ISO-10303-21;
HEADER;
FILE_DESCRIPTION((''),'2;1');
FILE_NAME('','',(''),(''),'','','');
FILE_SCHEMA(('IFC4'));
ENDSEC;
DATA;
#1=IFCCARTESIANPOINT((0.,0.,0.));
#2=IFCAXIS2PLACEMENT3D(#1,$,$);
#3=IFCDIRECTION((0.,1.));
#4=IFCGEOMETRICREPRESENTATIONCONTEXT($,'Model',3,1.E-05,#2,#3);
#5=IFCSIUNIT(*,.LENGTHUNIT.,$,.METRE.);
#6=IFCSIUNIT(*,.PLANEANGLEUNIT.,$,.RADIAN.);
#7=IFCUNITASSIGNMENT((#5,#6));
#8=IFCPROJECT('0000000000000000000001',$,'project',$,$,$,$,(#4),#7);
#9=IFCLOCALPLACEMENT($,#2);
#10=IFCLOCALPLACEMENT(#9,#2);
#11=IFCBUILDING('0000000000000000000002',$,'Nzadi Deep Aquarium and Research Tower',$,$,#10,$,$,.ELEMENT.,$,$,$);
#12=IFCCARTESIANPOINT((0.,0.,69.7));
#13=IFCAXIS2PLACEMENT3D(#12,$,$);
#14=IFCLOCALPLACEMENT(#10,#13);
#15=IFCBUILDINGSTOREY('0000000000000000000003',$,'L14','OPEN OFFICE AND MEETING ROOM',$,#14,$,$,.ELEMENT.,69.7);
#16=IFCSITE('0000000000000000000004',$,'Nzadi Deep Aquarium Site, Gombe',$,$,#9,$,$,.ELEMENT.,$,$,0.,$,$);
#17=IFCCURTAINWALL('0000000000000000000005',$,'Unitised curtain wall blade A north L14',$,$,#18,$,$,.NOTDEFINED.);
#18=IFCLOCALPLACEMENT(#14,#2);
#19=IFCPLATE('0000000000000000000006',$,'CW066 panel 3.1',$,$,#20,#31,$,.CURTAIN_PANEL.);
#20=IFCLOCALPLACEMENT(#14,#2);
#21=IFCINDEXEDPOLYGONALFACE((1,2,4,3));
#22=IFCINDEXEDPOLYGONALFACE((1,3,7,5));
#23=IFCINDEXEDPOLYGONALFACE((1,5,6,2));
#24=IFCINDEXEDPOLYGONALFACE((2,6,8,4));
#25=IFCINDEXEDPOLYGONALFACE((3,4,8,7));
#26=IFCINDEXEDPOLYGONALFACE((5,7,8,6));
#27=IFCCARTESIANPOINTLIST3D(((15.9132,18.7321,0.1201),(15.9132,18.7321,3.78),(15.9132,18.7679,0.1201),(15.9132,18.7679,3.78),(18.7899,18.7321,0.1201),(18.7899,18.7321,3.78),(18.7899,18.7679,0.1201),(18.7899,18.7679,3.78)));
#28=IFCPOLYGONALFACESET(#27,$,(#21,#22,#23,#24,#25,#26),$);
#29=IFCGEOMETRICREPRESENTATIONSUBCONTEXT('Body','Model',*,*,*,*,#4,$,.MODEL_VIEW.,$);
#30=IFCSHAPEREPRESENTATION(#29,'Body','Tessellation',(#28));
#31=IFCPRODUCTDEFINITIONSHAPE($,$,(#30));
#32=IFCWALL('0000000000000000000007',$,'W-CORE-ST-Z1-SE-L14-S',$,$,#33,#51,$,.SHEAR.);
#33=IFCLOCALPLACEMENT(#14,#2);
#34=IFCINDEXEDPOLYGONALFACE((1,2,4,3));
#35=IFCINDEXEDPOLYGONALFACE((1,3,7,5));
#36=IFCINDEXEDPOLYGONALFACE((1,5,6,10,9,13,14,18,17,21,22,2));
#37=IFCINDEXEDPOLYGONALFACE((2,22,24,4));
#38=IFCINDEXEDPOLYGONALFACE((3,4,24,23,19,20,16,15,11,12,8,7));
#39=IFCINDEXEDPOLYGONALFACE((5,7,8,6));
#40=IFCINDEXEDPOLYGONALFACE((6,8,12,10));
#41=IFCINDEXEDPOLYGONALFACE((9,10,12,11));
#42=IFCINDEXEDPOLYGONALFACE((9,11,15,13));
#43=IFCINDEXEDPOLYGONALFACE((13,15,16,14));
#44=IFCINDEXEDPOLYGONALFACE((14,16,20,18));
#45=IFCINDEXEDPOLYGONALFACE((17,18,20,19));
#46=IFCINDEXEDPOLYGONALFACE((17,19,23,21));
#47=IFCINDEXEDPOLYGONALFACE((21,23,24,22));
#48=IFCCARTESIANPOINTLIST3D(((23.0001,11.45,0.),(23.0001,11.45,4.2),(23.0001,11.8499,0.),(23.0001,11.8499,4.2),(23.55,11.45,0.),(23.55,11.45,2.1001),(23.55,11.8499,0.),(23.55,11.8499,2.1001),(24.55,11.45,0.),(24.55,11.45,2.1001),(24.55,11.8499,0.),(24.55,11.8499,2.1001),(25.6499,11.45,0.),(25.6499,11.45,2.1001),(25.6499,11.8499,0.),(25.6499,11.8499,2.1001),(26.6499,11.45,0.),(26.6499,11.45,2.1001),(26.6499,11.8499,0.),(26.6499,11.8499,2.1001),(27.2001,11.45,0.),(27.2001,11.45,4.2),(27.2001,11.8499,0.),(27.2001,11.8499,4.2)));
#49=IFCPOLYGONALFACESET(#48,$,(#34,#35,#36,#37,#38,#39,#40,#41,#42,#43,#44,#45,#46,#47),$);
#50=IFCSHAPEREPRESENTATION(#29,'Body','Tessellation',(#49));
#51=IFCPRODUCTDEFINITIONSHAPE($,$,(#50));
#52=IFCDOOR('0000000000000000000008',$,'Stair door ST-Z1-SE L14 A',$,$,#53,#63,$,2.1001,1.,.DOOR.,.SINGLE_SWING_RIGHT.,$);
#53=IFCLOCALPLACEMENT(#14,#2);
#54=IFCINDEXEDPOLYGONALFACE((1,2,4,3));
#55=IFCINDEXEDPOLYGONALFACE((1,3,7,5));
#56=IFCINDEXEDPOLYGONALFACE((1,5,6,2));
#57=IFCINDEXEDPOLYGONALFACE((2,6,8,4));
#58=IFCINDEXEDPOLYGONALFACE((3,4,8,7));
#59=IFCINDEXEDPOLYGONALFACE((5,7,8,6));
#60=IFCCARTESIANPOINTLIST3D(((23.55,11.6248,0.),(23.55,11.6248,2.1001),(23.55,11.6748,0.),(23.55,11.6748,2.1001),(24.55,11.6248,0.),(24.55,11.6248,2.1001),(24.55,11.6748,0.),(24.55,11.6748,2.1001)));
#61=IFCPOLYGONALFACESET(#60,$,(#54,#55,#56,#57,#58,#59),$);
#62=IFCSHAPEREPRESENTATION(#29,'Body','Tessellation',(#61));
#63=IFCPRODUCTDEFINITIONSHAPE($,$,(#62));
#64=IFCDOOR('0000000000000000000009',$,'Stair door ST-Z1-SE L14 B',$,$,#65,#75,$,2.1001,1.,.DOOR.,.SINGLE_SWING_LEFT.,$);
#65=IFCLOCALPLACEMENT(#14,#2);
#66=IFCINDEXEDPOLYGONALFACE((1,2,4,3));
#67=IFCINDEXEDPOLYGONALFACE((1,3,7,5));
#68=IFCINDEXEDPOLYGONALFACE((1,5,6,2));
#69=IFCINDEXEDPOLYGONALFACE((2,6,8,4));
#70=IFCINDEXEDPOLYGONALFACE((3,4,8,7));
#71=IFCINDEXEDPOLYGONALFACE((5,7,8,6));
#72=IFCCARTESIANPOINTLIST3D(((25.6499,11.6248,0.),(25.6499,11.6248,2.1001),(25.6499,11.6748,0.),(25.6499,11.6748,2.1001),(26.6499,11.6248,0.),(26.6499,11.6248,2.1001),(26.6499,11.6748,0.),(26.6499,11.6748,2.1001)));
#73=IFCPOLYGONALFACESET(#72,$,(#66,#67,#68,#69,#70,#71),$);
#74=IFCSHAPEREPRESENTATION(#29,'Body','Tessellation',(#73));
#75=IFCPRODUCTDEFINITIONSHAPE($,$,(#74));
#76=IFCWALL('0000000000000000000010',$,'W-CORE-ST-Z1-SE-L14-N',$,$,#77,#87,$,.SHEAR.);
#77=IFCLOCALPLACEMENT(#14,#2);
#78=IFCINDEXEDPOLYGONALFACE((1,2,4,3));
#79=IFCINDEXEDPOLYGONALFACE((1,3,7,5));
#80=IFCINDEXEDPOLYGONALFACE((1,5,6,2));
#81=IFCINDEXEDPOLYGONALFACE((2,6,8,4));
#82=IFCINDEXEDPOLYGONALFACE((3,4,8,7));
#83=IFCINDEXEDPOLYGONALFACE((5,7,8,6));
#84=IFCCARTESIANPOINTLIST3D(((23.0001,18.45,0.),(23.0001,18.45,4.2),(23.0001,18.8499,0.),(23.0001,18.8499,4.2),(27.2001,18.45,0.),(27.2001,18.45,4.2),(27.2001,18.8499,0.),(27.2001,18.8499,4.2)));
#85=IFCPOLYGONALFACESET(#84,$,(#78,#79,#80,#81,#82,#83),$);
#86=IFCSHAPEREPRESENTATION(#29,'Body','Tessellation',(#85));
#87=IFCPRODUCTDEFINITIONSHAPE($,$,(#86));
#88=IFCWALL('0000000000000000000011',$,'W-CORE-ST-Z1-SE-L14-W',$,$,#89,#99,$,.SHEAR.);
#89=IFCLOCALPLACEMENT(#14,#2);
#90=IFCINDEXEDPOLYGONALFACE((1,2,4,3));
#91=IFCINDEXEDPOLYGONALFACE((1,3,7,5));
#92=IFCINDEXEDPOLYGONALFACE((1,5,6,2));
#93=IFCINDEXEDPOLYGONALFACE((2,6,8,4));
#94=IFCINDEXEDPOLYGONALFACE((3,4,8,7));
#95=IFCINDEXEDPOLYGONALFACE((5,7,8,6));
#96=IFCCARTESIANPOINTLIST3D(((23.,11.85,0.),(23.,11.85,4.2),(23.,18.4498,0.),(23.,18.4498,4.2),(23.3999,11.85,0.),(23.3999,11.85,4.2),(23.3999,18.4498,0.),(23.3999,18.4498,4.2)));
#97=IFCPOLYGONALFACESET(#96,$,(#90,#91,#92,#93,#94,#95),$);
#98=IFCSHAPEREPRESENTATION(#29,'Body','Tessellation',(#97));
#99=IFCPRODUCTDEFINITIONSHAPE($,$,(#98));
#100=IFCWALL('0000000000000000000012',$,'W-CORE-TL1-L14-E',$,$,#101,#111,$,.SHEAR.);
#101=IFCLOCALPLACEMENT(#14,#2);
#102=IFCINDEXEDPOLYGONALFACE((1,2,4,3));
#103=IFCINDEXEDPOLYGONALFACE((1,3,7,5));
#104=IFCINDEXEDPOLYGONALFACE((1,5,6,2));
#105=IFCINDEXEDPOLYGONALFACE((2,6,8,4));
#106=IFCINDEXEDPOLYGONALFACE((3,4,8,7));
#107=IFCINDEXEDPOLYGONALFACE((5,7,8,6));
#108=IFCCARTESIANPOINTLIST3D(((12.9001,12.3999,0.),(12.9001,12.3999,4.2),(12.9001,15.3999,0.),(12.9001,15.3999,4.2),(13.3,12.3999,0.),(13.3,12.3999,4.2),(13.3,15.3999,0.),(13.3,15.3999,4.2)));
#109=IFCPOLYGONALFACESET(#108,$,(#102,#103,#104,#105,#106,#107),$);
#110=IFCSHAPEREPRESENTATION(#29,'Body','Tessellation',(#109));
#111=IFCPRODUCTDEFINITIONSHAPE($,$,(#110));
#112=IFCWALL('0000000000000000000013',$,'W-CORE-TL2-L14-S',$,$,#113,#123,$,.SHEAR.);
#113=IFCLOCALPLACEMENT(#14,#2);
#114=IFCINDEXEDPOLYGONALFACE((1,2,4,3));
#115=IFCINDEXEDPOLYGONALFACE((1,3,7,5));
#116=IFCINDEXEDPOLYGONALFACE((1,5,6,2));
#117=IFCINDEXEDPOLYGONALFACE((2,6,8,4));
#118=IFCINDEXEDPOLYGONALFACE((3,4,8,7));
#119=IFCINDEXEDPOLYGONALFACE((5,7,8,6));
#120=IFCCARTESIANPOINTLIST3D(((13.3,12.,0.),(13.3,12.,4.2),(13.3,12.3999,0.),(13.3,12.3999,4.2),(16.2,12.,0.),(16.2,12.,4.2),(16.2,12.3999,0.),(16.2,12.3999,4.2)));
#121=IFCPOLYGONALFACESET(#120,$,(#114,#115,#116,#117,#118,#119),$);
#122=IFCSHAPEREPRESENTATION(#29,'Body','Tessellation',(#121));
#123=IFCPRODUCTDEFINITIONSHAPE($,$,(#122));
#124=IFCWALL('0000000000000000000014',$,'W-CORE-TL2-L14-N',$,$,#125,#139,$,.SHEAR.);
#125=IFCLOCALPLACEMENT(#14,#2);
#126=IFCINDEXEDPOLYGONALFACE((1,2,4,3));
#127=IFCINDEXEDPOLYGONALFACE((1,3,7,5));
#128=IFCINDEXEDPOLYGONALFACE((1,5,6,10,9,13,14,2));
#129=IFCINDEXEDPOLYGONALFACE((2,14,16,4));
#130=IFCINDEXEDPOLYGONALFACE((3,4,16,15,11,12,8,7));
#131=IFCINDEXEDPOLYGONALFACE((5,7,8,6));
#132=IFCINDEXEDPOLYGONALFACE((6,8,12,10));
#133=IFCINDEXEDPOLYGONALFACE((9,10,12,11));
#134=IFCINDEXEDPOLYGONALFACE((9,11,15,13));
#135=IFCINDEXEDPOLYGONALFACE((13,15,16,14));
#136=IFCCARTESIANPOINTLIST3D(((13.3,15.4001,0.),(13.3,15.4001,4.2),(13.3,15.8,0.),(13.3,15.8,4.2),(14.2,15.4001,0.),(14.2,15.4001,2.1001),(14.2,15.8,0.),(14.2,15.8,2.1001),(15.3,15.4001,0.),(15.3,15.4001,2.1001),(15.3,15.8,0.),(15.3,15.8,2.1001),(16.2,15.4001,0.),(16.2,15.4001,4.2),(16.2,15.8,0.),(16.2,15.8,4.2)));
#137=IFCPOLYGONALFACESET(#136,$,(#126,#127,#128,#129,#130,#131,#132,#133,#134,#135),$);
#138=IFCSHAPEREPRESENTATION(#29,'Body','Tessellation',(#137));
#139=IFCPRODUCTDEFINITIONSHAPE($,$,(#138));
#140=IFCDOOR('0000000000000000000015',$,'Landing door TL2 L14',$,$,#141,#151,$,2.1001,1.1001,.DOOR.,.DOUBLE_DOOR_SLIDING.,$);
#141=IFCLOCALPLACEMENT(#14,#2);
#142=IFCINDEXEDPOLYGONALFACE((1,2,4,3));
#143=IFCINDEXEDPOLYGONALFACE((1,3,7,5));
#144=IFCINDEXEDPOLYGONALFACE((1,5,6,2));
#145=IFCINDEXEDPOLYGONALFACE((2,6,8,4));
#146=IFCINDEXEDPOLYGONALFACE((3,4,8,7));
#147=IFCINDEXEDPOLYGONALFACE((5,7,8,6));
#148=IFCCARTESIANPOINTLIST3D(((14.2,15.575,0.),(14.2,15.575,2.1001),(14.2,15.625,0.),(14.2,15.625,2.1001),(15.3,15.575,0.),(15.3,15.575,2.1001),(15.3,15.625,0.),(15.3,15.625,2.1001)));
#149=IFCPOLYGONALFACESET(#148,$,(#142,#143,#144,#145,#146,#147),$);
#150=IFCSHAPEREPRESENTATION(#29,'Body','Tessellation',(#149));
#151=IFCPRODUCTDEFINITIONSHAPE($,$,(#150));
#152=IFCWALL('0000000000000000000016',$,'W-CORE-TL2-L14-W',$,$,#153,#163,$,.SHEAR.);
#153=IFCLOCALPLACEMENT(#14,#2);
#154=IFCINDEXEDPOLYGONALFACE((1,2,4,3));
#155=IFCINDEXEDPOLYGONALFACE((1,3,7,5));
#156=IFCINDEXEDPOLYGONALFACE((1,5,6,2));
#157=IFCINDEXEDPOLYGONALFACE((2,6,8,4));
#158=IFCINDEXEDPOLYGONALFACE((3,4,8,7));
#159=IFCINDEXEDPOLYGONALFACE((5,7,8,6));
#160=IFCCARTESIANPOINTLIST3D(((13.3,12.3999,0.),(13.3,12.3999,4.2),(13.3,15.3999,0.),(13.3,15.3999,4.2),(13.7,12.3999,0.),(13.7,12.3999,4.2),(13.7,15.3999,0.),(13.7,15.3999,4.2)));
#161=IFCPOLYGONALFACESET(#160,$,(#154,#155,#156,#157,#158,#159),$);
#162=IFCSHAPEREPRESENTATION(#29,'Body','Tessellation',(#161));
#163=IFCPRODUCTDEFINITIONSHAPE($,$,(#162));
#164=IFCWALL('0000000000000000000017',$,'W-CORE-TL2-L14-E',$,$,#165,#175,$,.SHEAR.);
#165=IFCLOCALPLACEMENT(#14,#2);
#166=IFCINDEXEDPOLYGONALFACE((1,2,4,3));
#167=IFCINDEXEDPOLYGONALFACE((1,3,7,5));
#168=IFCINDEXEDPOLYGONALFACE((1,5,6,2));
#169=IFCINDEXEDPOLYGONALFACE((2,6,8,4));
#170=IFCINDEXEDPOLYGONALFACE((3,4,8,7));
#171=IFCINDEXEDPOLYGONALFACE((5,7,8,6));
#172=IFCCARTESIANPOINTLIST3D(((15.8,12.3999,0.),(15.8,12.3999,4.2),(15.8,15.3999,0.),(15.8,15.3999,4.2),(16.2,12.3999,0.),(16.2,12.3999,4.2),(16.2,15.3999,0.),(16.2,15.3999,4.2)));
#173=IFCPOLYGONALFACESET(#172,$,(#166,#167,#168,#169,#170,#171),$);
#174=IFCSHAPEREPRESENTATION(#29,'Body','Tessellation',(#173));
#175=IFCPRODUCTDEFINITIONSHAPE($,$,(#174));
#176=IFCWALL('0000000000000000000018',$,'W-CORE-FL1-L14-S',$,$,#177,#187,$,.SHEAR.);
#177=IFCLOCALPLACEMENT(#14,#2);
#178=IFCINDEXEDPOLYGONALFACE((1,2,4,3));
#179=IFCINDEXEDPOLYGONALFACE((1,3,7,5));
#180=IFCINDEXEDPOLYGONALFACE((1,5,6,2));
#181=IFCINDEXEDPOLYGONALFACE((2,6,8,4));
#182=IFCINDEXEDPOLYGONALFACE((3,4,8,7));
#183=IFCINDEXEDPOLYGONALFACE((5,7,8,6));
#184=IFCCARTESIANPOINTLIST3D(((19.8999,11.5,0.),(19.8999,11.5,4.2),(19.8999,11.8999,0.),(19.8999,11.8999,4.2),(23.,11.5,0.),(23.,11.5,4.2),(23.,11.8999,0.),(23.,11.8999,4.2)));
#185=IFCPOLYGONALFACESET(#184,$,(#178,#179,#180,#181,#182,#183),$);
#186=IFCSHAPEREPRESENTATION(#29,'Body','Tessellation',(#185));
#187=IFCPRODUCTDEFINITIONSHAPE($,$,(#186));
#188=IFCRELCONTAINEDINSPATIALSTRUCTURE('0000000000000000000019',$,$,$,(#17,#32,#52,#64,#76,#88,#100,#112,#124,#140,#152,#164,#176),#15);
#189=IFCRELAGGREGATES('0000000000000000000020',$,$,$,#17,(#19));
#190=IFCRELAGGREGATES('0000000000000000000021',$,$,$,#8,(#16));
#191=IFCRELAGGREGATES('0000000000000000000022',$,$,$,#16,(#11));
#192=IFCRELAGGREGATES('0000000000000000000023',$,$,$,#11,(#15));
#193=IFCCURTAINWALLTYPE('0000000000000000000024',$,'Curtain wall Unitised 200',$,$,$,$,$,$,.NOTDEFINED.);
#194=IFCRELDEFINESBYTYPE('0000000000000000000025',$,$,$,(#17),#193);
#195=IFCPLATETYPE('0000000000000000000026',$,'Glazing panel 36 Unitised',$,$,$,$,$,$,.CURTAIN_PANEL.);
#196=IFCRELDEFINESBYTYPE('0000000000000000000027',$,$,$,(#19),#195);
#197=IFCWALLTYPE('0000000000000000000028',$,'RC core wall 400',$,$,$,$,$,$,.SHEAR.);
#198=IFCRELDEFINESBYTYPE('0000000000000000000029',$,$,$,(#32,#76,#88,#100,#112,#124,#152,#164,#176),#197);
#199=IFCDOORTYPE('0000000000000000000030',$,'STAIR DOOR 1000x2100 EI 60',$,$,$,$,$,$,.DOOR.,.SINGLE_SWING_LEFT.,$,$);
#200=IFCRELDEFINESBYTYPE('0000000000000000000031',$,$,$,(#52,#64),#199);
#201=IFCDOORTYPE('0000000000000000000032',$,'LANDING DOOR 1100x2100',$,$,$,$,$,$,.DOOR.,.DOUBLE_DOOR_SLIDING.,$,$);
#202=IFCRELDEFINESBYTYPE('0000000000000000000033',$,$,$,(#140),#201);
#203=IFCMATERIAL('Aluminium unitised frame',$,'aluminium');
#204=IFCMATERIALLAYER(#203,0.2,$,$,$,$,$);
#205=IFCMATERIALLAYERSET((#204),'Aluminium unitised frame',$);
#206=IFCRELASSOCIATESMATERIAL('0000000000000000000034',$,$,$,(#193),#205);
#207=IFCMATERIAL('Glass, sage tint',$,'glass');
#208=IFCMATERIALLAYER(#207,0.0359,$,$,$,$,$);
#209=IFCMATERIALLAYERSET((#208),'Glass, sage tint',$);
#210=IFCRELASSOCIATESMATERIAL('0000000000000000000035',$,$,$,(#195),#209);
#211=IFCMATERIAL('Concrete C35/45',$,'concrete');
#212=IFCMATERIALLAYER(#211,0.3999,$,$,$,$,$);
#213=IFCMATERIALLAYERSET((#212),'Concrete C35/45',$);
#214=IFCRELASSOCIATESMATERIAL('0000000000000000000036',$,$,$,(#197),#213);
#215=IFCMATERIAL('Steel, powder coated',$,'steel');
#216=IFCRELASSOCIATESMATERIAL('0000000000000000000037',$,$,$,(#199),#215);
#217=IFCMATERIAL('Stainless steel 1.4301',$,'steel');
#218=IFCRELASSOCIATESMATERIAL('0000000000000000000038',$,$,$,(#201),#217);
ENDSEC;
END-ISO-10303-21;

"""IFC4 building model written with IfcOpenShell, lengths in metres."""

from ifc_helpers import new_model, si_unit, direction, frame, frame_2d, origin, origin_2d, place, context, subcontext, project, spatial, rectangle, extrude, material, layer, layer_set, type_object, element, fill, aggregate, save


model = new_model("IFC4")

# Units and contexts
model_context = context("Model", 3, precision=1e-05, world=origin(), true_north=direction((0.0, 1.0)))
body_context = subcontext(model_context, "Body", "Model", "MODEL_VIEW")
ifc_project = project(units=[si_unit("LENGTHUNIT", "METRE"), si_unit("PLANEANGLEUNIT", "RADIAN")], contexts=[model_context])

# Site, building, storey
site_placement = place(None, origin())
site = spatial("IfcSite", under=ifc_project, at=site_placement, Name="Nzadi Deep Aquarium Site, Gombe", CompositionType="ELEMENT", RefElevation=0.0)
building_placement = place(site_placement, origin())
building = spatial("IfcBuilding", under=site, at=building_placement, Name="Nzadi Deep Aquarium and Research Tower", CompositionType="ELEMENT")
storey_placement = place(building_placement, frame((0.0, 0.0, 69.7)))
storey = spatial("IfcBuildingStorey", under=building, at=storey_placement, Name="L14", Description="OPEN OFFICE AND MEETING ROOM", CompositionType="ELEMENT", Elevation=69.7)

# Curtain wall
ifc_material_1 = material(Name="Aluminium unitised frame", Category="aluminium")
ifc_layer_1 = layer(ifc_material_1, 0.2)
ifc_layer_set_1 = layer_set([ifc_layer_1], Name="Aluminium unitised frame")
curtain_wall_type = type_object("IfcCurtainWallType", Name="Curtain wall Unitised 200", PredefinedType="NOTDEFINED", material=ifc_layer_set_1)
curtain_wall_1_placement = place(storey_placement, origin())
curtain_wall_1 = element("IfcCurtainWall", 1, at=curtain_wall_1_placement, inside=storey, type_object=curtain_wall_type, Name="Unitised curtain wall blade A north L14", PredefinedType="NOTDEFINED")

# Plate
ifc_material_2 = material(Name="Glass, sage tint", Category="glass")
ifc_layer_2 = layer(ifc_material_2, 0.0359)
ifc_layer_set_2 = layer_set([ifc_layer_2], Name="Glass, sage tint")
plate_type = type_object("IfcPlateType", Name="Glazing panel 36 Unitised", PredefinedType="CURTAIN_PANEL", material=ifc_layer_set_2)
plate_1_placement = place(storey_placement, frame((17.3516, 18.75, 0.1201), z_axis=(0.0, 0.0, 1.0), x_axis=(1.0, 0.0, 0.0)))
plate_1 = element("IfcPlate", 2, at=plate_1_placement, type_object=plate_type, Name="CW066 panel 3.1", PredefinedType="CURTAIN_PANEL", context=body_context, shape_type="SweptSolid", body=[
    extrude(rectangle(XDim=2.8767, YDim=0.0359, at=origin_2d()), origin(), (0.0, 0.0, 1.0), 3.6599),
])
aggregate(curtain_wall_1, [plate_1])

# Wall, openings, doors
ifc_material_3 = material(Name="Concrete C35/45", Category="concrete")
ifc_layer_3 = layer(ifc_material_3, 0.3999)
ifc_layer_set_3 = layer_set([ifc_layer_3], Name="Concrete C35/45")
wall_type = type_object("IfcWallType", Name="RC core wall 400", PredefinedType="SHEAR", material=ifc_layer_set_3)
wall_1_placement = place(storey_placement, frame((23.0, 11.6499, 0.0), z_axis=(0.0, 0.0, 1.0), x_axis=(1.0, 0.0, 0.0)))
wall_1 = element("IfcWall", 3, at=wall_1_placement, inside=storey, type_object=wall_type, Name="W-CORE-ST-Z1-SE-L14-S", PredefinedType="SHEAR", context=body_context, shape_type="SweptSolid", body=[
    extrude(rectangle(XDim=4.2, YDim=0.3999, at=frame_2d((2.1001, 0.0))), origin(), (0.0, 0.0, 1.0), 4.2),
])
opening_1_placement = place(wall_1_placement, frame((0.55, 0.0, 0.0)))
opening_1 = element("IfcOpeningElement", 4, at=opening_1_placement, cuts=wall_1, PredefinedType="OPENING", context=body_context, shape_type="SweptSolid", body=[
    extrude(rectangle(XDim=1.0, YDim=2.1001, at=frame_2d((0.5, 1.05))), frame((0.0, 0.21, 0.0), z_axis=(0.0, -1.0, 0.0), x_axis=(1.0, 0.0, 0.0)), (0.0, 0.0, 1.0), 0.4199),
])
opening_2_placement = place(wall_1_placement, frame((2.6499, 0.0, 0.0)))
opening_2 = element("IfcOpeningElement", 5, at=opening_2_placement, cuts=wall_1, PredefinedType="OPENING", context=body_context, shape_type="SweptSolid", body=[
    extrude(rectangle(XDim=1.0, YDim=2.1001, at=frame_2d((0.5, 1.05))), frame((0.0, 0.21, 0.0), z_axis=(0.0, -1.0, 0.0), x_axis=(1.0, 0.0, 0.0)), (0.0, 0.0, 1.0), 0.4199),
])
ifc_material_4 = material(Name="Steel, powder coated", Category="steel")
door_type_1 = type_object("IfcDoorType", Name="STAIR DOOR 1000x2100 EI 60", OperationType="SINGLE_SWING_LEFT", PredefinedType="DOOR", material=ifc_material_4)
door_1_placement = place(opening_1_placement, origin())
door_1 = element("IfcDoor", 6, at=door_1_placement, inside=storey, type_object=door_type_1, Name="Stair door ST-Z1-SE L14 A", OperationType="SINGLE_SWING_RIGHT", OverallHeight=2.1001, OverallWidth=1.0, PredefinedType="DOOR", context=body_context, shape_type="SweptSolid", body=[
    extrude(rectangle(XDim=1.0, YDim=2.1001, at=frame_2d((0.5, 1.05))), frame((0.0, 0.0249, 0.0), z_axis=(0.0, -1.0, 0.0), x_axis=(1.0, 0.0, 0.0)), (0.0, 0.0, 1.0), 0.05),
])
fill(opening_1, door_1)
door_2_placement = place(opening_2_placement, origin())
door_2 = element("IfcDoor", 7, at=door_2_placement, inside=storey, type_object=door_type_1, Name="Stair door ST-Z1-SE L14 B", OperationType="SINGLE_SWING_LEFT", OverallHeight=2.1001, OverallWidth=1.0, PredefinedType="DOOR", context=body_context, shape_type="SweptSolid", body=[
    extrude(rectangle(XDim=1.0, YDim=2.1001, at=frame_2d((0.5, 1.05))), frame((0.0, 0.0249, 0.0), z_axis=(0.0, -1.0, 0.0), x_axis=(1.0, 0.0, 0.0)), (0.0, 0.0, 1.0), 0.05),
])
fill(opening_2, door_2)

# Walls
wall_2_placement = place(storey_placement, frame((23.0, 18.6499, 0.0), z_axis=(0.0, 0.0, 1.0), x_axis=(1.0, 0.0, 0.0)))
element("IfcWall", 8, at=wall_2_placement, inside=storey, type_object=wall_type, Name="W-CORE-ST-Z1-SE-L14-N", PredefinedType="SHEAR", context=body_context, shape_type="SweptSolid", body=[
    extrude(rectangle(XDim=4.2, YDim=0.3999, at=frame_2d((2.1001, 0.0))), origin(), (0.0, 0.0, 1.0), 4.2),
])
wall_3_placement = place(storey_placement, frame((23.2, 11.8501, 0.0), z_axis=(0.0, 0.0, 1.0), x_axis=(0.0, 1.0, 0.0)))
element("IfcWall", 9, at=wall_3_placement, inside=storey, type_object=wall_type, Name="W-CORE-ST-Z1-SE-L14-W", PredefinedType="SHEAR", context=body_context, shape_type="SweptSolid", body=[
    extrude(rectangle(XDim=6.5999, YDim=0.3999, at=frame_2d((3.2998, 0.0))), origin(), (0.0, 0.0, 1.0), 4.2),
])
wall_4_placement = place(storey_placement, frame((13.1001, 12.3999, 0.0), z_axis=(0.0, 0.0, 1.0), x_axis=(0.0, 1.0, 0.0)))
element("IfcWall", 10, at=wall_4_placement, inside=storey, type_object=wall_type, Name="W-CORE-TL1-L14-E", PredefinedType="SHEAR", context=body_context, shape_type="SweptSolid", body=[
    extrude(rectangle(XDim=3.0, YDim=0.3999, at=frame_2d((1.5, 0.0))), origin(), (0.0, 0.0, 1.0), 4.2),
])
wall_5_placement = place(storey_placement, frame((13.3, 12.2, 0.0), z_axis=(0.0, 0.0, 1.0), x_axis=(1.0, 0.0, 0.0)))
element("IfcWall", 11, at=wall_5_placement, inside=storey, type_object=wall_type, Name="W-CORE-TL2-L14-S", PredefinedType="SHEAR", context=body_context, shape_type="SweptSolid", body=[
    extrude(rectangle(XDim=2.8999, YDim=0.3999, at=frame_2d((1.45, 0.0))), origin(), (0.0, 0.0, 1.0), 4.2),
])

# Wall, opening, door
wall_6_placement = place(storey_placement, frame((13.3, 15.6001, 0.0), z_axis=(0.0, 0.0, 1.0), x_axis=(1.0, 0.0, 0.0)))
wall_6 = element("IfcWall", 12, at=wall_6_placement, inside=storey, type_object=wall_type, Name="W-CORE-TL2-L14-N", PredefinedType="SHEAR", context=body_context, shape_type="SweptSolid", body=[
    extrude(rectangle(XDim=2.8999, YDim=0.3999, at=frame_2d((1.45, 0.0))), origin(), (0.0, 0.0, 1.0), 4.2),
])
opening_3_placement = place(wall_6_placement, frame((0.8999, 0.0, 0.0)))
opening_3 = element("IfcOpeningElement", 13, at=opening_3_placement, cuts=wall_6, PredefinedType="OPENING", context=body_context, shape_type="SweptSolid", body=[
    extrude(rectangle(XDim=1.1001, YDim=2.1001, at=frame_2d((0.55, 1.05))), frame((0.0, 0.21, 0.0), z_axis=(0.0, -1.0, 0.0), x_axis=(1.0, 0.0, 0.0)), (0.0, 0.0, 1.0), 0.4199),
])
ifc_material_5 = material(Name="Stainless steel 1.4301", Category="steel")
door_type_2 = type_object("IfcDoorType", Name="LANDING DOOR 1100x2100", OperationType="DOUBLE_DOOR_SLIDING", PredefinedType="DOOR", material=ifc_material_5)
door_3_placement = place(opening_3_placement, origin())
door_3 = element("IfcDoor", 14, at=door_3_placement, inside=storey, type_object=door_type_2, Name="Landing door TL2 L14", OperationType="DOUBLE_DOOR_SLIDING", OverallHeight=2.1001, OverallWidth=1.1001, PredefinedType="DOOR", context=body_context, shape_type="SweptSolid", body=[
    extrude(rectangle(XDim=1.1001, YDim=2.1001, at=frame_2d((0.55, 1.05))), frame((0.0, 0.0249, 0.0), z_axis=(0.0, -1.0, 0.0), x_axis=(1.0, 0.0, 0.0)), (0.0, 0.0, 1.0), 0.05),
])
fill(opening_3, door_3)

# Walls
for number, where, z_axis, x_axis, name in (
    (15, (13.5, 12.3999, 0.0), (0.0, 0.0, 1.0), (0.0, 1.0, 0.0), "W-CORE-TL2-L14-W"),
    (16, (16.0, 12.3999, 0.0), (0.0, 0.0, 1.0), (0.0, 1.0, 0.0), "W-CORE-TL2-L14-E"),
):
    element("IfcWall", number, at=place(storey_placement, frame(where, z_axis=z_axis, x_axis=x_axis)), inside=storey, type_object=wall_type, Name=name, PredefinedType="SHEAR", context=body_context, shape_type="SweptSolid", body=[
        extrude(rectangle(XDim=3.0, YDim=0.3999, at=frame_2d((1.5, 0.0))), origin(), (0.0, 0.0, 1.0), 4.2),
    ])
wall_7_placement = place(storey_placement, frame((19.8999, 11.7, 0.0), z_axis=(0.0, 0.0, 1.0), x_axis=(1.0, 0.0, 0.0)))
element("IfcWall", 17, at=wall_7_placement, inside=storey, type_object=wall_type, Name="W-CORE-FL1-L14-S", PredefinedType="SHEAR", context=body_context, shape_type="SweptSolid", body=[
    extrude(rectangle(XDim=3.1001, YDim=0.3999, at=frame_2d((1.55, 0.0))), origin(), (0.0, 0.0, 1.0), 4.2),
])

save(model, "model.ifc")
